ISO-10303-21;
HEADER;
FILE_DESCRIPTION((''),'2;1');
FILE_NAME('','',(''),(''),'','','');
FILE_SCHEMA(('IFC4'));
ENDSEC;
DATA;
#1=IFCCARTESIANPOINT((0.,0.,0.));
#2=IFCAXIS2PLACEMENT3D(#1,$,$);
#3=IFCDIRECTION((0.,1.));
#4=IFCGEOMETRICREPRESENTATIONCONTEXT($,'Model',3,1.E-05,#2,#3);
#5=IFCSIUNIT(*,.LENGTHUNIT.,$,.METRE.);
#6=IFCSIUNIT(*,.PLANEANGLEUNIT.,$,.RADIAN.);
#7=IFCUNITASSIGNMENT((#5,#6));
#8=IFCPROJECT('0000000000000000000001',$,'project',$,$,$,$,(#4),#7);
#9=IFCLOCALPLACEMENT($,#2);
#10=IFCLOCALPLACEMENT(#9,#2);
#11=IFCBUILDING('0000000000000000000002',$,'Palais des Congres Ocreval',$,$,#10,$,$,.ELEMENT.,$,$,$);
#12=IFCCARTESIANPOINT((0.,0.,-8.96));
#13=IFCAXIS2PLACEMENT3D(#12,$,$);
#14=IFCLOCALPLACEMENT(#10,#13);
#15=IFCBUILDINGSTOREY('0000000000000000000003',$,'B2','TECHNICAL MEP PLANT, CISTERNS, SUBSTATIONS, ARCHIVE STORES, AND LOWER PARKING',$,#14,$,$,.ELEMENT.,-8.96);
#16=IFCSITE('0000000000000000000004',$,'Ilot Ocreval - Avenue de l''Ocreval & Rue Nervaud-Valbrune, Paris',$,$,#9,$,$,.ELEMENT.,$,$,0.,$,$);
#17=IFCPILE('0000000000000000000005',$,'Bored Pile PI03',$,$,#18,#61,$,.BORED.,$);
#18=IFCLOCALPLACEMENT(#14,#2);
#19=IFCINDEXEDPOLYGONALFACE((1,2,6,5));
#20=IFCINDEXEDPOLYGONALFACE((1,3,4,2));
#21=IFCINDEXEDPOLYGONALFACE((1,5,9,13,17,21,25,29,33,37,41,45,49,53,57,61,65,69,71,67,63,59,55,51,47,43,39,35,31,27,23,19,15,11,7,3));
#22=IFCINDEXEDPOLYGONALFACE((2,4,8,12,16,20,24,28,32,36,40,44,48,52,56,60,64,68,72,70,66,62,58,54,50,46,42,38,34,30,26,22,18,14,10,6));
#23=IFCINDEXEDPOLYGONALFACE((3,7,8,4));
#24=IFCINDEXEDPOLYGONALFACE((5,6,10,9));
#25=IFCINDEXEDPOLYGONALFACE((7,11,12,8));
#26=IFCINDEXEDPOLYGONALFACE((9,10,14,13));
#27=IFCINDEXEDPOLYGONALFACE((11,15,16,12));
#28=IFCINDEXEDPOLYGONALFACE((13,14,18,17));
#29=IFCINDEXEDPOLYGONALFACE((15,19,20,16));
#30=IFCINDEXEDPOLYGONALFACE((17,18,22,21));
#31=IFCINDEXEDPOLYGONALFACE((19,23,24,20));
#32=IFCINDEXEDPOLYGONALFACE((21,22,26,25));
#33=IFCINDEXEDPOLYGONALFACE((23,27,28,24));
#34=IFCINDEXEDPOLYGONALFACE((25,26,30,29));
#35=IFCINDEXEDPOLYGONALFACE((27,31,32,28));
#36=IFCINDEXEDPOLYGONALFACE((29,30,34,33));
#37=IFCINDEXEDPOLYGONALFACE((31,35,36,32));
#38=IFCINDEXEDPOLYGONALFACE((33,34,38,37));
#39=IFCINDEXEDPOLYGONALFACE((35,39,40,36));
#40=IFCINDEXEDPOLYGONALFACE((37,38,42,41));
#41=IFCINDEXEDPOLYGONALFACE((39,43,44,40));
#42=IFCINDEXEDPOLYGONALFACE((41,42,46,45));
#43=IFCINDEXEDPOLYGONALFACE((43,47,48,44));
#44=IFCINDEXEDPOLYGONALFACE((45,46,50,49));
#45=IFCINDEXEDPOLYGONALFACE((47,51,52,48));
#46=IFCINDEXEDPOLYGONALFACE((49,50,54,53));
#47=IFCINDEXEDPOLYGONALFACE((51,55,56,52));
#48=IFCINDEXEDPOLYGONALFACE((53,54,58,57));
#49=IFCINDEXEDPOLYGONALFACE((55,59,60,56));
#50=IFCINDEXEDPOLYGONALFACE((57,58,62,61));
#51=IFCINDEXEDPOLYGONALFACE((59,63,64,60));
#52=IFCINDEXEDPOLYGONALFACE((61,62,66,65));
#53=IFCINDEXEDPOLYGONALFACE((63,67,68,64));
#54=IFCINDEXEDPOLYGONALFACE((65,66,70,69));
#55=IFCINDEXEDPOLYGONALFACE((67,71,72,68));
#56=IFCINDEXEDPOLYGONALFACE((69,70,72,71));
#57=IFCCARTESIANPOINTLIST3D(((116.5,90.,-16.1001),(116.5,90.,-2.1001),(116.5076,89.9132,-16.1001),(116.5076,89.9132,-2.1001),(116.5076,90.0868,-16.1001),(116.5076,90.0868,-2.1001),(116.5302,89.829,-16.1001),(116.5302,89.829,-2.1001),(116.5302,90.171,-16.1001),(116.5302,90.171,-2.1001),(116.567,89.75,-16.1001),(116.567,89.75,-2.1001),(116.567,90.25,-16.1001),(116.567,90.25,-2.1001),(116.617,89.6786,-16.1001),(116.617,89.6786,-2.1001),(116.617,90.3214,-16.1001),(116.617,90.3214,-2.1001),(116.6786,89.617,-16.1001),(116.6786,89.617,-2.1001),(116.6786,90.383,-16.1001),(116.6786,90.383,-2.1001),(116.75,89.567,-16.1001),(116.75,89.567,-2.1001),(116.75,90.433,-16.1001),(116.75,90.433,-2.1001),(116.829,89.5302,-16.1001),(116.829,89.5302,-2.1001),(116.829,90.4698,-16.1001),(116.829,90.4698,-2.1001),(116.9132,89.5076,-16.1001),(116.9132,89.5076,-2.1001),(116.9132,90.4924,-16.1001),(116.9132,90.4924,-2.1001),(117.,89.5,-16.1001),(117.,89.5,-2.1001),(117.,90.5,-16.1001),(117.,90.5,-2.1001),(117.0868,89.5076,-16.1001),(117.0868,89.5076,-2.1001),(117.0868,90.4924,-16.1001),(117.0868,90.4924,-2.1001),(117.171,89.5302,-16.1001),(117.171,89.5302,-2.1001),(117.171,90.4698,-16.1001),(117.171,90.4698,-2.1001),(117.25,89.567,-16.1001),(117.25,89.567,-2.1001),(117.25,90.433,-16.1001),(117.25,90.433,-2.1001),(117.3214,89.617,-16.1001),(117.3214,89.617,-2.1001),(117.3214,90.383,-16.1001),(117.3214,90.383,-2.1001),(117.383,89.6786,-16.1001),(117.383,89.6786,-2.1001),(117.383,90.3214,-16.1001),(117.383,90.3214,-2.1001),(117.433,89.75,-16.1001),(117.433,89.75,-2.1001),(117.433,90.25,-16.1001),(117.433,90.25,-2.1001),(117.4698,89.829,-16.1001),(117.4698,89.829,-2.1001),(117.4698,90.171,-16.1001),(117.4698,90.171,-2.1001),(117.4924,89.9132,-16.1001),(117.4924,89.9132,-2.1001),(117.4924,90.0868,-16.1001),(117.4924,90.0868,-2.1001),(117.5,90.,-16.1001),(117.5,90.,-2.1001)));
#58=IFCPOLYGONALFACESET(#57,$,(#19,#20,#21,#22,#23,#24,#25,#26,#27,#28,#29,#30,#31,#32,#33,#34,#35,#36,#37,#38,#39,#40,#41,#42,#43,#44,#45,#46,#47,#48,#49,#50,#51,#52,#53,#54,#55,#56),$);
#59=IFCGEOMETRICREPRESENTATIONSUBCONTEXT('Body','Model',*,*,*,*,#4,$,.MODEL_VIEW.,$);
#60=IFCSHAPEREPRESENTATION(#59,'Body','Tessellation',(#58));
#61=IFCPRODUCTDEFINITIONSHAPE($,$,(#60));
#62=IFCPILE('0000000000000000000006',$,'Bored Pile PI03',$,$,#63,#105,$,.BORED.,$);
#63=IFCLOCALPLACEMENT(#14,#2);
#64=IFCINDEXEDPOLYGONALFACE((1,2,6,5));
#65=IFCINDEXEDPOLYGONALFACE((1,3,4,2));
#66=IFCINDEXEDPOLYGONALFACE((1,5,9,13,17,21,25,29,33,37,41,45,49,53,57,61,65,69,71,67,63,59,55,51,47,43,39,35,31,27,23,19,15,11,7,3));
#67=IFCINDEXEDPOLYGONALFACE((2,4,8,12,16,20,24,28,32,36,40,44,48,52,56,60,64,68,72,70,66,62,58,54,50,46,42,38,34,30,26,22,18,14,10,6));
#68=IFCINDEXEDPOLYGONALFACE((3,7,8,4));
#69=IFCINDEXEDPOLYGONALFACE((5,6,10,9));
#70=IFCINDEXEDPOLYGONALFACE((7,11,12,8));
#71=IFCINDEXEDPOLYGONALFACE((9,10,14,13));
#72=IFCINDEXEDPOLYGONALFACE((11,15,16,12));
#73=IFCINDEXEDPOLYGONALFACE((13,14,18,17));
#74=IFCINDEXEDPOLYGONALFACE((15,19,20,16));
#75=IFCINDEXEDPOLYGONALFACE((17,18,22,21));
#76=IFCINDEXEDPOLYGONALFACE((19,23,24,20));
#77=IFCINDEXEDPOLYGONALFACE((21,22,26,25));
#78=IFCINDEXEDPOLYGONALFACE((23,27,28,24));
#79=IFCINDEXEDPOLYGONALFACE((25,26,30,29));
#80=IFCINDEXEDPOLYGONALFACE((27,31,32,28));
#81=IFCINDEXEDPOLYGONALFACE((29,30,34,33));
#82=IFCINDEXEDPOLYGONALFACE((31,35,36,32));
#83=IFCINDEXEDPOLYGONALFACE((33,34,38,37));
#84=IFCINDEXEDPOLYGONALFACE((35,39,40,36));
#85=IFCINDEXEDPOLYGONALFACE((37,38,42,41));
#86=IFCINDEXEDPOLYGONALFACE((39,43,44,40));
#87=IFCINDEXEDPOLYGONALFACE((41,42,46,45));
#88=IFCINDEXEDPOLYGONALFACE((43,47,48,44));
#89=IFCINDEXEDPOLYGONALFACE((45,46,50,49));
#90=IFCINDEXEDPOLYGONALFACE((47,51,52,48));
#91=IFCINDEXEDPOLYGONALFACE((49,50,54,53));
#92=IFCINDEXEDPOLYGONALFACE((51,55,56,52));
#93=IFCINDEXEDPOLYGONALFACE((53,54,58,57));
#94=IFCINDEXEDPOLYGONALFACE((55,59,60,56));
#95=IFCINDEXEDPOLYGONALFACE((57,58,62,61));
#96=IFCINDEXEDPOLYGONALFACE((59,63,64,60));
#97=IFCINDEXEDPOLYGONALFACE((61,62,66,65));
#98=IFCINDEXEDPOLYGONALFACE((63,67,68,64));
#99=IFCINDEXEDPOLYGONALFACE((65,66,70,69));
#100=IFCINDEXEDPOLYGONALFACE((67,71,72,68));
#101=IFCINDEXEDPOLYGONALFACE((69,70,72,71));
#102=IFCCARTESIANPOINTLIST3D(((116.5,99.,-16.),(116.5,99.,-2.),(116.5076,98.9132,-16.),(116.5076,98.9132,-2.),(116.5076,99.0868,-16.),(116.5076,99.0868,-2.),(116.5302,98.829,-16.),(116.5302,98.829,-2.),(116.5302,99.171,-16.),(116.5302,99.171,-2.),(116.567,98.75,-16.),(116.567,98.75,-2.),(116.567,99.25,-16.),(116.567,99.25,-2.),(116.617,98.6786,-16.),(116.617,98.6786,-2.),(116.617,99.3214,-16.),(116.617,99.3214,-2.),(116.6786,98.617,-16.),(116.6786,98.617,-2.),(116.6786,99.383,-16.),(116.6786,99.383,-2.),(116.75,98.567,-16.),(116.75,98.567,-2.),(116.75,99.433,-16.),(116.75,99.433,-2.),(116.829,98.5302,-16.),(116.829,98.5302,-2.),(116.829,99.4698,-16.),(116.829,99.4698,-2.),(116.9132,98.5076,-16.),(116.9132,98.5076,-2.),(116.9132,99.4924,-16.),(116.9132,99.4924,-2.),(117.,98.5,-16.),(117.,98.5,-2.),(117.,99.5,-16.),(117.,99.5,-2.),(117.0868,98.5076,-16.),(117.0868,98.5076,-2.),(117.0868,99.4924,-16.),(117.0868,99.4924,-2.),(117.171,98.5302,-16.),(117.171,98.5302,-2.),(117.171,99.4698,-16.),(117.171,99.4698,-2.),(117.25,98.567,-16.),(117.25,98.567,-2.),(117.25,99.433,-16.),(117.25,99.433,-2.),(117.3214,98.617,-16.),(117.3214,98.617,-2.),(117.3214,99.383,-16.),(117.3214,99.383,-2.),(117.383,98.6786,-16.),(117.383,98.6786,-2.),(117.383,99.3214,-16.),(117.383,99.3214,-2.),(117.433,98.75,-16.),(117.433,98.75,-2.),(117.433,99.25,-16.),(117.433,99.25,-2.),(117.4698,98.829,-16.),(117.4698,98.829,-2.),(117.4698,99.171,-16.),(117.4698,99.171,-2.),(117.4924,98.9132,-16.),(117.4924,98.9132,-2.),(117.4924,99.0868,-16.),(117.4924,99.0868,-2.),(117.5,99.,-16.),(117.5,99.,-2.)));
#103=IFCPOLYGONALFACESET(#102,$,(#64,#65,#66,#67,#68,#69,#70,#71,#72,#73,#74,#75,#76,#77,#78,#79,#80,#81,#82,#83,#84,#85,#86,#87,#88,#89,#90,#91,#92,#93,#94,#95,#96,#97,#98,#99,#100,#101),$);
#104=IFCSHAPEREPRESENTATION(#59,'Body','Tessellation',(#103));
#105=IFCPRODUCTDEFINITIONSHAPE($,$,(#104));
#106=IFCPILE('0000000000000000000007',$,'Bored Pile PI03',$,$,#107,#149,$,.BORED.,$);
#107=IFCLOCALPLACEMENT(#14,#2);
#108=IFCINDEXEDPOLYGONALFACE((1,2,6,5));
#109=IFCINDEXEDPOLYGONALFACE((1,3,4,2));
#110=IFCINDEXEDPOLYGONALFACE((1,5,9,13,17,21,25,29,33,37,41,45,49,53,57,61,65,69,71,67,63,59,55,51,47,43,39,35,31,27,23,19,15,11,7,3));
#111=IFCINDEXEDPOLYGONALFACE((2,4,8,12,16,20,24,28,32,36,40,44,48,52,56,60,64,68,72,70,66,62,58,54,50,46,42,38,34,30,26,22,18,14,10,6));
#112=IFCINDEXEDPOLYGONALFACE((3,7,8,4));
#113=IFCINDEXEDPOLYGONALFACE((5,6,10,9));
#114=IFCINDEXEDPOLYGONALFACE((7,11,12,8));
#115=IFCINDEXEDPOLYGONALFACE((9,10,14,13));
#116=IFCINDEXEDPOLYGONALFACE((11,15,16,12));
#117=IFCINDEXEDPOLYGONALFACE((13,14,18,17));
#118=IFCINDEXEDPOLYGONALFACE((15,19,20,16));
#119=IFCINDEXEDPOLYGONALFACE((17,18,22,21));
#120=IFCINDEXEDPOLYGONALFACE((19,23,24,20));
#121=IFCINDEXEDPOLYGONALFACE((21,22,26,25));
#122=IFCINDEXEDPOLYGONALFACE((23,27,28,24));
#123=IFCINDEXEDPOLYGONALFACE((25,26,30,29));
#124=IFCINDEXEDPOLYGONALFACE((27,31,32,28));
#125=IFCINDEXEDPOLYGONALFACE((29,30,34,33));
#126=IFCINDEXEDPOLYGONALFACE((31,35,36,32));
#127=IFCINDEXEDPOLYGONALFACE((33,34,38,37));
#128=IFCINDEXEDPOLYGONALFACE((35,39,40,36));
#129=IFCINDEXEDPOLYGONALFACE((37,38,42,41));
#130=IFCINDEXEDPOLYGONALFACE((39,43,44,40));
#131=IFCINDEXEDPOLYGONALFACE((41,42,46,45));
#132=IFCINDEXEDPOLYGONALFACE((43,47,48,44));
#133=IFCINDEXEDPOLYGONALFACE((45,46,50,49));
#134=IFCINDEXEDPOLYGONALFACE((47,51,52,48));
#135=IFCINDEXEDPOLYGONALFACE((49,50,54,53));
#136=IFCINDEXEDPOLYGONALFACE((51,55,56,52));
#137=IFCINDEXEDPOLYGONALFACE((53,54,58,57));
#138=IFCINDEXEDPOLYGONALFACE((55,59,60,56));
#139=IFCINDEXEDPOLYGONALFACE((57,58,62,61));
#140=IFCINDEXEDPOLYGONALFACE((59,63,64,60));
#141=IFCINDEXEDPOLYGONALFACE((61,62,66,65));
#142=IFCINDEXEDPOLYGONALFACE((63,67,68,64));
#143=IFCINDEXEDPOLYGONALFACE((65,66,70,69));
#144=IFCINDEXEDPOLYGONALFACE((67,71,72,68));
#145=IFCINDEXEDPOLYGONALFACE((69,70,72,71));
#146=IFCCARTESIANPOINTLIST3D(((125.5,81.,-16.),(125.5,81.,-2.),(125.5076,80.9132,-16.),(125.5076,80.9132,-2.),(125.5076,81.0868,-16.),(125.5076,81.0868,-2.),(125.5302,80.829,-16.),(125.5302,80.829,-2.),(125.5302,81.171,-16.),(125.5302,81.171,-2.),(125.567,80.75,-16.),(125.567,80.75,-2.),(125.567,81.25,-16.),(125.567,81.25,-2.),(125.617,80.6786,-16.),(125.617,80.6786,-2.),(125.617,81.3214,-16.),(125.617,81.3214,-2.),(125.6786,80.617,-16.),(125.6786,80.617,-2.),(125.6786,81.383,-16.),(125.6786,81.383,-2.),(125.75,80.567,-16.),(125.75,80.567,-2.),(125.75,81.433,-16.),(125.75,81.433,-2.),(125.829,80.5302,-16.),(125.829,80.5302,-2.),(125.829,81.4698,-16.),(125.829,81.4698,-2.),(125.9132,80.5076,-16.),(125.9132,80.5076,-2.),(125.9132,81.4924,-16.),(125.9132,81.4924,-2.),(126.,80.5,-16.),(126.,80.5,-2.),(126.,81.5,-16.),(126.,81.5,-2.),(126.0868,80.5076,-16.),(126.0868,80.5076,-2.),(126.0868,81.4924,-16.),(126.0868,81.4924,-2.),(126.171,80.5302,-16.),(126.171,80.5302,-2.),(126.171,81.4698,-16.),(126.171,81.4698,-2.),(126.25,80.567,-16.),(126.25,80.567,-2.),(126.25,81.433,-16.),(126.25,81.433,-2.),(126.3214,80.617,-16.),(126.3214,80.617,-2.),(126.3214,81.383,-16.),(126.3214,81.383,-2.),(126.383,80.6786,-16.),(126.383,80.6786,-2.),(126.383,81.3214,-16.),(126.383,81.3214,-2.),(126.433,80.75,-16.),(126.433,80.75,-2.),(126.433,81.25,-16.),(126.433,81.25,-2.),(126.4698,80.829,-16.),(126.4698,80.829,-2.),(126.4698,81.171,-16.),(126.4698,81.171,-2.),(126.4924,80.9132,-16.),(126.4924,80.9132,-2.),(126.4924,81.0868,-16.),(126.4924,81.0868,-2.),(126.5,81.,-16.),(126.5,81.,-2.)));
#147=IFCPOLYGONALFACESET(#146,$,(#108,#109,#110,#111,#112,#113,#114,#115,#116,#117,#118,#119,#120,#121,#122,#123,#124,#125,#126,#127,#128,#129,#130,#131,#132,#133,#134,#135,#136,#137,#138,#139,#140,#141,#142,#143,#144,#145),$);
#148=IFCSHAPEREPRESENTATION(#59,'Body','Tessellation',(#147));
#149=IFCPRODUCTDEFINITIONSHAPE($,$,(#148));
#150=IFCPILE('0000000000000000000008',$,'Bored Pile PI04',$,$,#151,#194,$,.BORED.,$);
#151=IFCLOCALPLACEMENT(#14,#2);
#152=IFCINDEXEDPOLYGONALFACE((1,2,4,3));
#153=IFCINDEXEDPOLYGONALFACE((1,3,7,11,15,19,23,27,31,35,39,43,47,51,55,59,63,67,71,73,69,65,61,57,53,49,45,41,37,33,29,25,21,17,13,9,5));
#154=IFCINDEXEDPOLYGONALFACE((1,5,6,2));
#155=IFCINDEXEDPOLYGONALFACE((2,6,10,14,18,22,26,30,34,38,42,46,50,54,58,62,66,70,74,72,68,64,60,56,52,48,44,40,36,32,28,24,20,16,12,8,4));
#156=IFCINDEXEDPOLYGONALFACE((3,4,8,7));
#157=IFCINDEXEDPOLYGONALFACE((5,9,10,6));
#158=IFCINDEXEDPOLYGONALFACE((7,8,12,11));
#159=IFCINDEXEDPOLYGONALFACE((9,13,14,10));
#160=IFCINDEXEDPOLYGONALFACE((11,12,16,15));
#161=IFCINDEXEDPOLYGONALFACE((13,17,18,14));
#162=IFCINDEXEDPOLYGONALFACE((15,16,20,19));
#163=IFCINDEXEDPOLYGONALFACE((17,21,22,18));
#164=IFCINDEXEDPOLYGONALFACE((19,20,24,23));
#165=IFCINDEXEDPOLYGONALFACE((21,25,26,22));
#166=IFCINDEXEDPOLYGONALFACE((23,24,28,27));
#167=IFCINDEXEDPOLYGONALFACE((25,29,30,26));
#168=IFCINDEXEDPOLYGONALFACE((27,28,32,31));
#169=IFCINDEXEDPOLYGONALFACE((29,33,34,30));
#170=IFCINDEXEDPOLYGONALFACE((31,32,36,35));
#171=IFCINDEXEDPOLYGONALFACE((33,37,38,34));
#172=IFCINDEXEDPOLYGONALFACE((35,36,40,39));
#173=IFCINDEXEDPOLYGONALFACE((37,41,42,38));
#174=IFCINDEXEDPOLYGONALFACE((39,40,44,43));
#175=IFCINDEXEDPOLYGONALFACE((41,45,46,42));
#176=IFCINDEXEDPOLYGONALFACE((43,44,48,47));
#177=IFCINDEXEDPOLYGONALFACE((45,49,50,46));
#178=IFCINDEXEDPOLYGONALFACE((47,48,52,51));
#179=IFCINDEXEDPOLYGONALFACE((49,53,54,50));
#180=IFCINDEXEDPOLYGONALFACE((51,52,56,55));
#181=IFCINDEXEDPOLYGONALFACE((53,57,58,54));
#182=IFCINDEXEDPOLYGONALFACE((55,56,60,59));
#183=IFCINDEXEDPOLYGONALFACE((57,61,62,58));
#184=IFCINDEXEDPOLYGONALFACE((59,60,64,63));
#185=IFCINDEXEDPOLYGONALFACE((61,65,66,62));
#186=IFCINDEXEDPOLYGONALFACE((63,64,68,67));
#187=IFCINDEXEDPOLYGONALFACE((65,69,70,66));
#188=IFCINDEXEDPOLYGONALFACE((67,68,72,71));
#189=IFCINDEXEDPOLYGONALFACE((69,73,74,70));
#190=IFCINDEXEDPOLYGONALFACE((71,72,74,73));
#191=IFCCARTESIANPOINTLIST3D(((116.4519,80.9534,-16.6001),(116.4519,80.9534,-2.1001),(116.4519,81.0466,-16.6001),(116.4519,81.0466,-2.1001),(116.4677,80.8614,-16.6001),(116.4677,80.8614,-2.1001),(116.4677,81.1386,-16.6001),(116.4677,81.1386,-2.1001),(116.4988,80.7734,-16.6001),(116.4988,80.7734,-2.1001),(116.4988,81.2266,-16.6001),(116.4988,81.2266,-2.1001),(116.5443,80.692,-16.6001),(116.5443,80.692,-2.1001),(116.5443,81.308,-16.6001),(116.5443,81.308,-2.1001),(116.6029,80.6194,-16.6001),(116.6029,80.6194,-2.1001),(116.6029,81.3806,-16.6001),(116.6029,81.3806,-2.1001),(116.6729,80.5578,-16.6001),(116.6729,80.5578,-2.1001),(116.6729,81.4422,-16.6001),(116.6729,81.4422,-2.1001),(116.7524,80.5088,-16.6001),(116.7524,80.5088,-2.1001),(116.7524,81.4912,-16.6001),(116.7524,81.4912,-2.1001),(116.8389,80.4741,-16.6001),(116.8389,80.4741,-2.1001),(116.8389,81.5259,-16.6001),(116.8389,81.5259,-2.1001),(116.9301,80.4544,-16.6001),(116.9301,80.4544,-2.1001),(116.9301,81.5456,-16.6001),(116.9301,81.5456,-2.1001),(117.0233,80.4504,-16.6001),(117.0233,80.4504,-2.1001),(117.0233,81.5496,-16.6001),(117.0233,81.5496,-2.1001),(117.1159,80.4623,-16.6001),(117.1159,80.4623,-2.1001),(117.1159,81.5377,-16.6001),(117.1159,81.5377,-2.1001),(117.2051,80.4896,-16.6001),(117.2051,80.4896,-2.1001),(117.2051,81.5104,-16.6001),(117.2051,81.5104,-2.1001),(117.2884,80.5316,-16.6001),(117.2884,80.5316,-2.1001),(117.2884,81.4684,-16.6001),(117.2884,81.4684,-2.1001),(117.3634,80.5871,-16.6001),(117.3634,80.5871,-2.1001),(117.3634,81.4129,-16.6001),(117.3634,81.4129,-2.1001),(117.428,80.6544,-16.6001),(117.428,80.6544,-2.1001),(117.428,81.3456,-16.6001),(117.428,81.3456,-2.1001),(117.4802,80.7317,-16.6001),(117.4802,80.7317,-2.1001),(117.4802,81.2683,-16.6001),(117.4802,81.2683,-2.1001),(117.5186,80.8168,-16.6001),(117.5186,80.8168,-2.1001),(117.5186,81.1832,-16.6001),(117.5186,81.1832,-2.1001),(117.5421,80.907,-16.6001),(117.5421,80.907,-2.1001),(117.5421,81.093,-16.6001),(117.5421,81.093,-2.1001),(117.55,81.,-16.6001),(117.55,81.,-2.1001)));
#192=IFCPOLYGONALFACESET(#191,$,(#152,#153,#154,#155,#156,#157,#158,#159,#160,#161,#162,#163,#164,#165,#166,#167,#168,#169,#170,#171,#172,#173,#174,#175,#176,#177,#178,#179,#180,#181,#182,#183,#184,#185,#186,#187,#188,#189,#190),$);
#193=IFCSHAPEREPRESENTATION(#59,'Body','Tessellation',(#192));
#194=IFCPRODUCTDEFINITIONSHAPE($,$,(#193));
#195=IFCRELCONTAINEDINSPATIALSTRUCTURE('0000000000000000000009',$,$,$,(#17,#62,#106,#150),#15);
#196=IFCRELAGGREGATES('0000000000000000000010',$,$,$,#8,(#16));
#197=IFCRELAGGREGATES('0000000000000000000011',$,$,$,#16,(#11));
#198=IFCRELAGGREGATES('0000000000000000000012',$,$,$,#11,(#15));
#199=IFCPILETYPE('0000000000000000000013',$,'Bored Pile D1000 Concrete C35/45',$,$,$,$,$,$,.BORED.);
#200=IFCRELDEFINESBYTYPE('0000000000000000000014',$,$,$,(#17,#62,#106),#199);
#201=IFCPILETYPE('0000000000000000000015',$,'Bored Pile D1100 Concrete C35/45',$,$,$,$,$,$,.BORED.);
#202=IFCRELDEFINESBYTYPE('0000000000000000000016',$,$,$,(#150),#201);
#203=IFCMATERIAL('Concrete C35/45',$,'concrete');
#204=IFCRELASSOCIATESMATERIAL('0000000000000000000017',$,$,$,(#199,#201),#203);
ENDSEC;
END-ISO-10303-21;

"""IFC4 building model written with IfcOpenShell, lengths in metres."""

from ifc_helpers import new_model, si_unit, direction, frame, origin, origin_2d, place, context, subcontext, project, spatial, circle, extrude, material, material_profile, profile_set, type_object, element, save


model = new_model("IFC4")

# Units and contexts
model_context = context("Model", 3, precision=1e-05, world=origin(), true_north=direction((0.0, 1.0)))
body_context = subcontext(model_context, "Body", "Model", "MODEL_VIEW")
ifc_project = project(units=[si_unit("LENGTHUNIT", "METRE"), si_unit("PLANEANGLEUNIT", "RADIAN")], contexts=[model_context])

# Site, building, storey
site_placement = place(None, origin())
site = spatial("IfcSite", under=ifc_project, at=site_placement, Name="Ilot Ocreval - Avenue de l'Ocreval & Rue Nervaud-Valbrune, Paris", CompositionType="ELEMENT", RefElevation=0.0)
building_placement = place(site_placement, origin())
building = spatial("IfcBuilding", under=site, at=building_placement, Name="Palais des Congres Ocreval", CompositionType="ELEMENT")
storey_placement = place(building_placement, frame((0.0, 0.0, -8.96)))
storey = spatial("IfcBuildingStorey", under=building, at=storey_placement, Name="B2", Description="TECHNICAL MEP PLANT, CISTERNS, SUBSTATIONS, ARCHIVE STORES, AND LOWER PARKING", CompositionType="ELEMENT", Elevation=-8.96)

# Piles
ifc_material_1 = material(Name="Concrete C35/45", Category="concrete")
ifc_material_profile_1 = material_profile(ifc_material_1, circle(Radius=0.5, at=origin_2d()), Name="BORED PILE 1000")
ifc_profile_set_1 = profile_set([ifc_material_profile_1], Name="Concrete C35/45")
pile_type_1 = type_object("IfcPileType", Name="Bored Pile D1000 Concrete C35/45", PredefinedType="BORED", material=ifc_profile_set_1)
for number, where, z_axis, x_axis, name in (
    (1, (117.0, 90.0, -2.1001), (0.0, 0.0, -1.0), (1.0, 0.0, 0.0), "Bored Pile PI03"),
    (2, (117.0, 99.0, -2.0), (0.0, 0.0, -1.0), (1.0, 0.0, 0.0), "Bored Pile PI03"),
    (3, (126.0, 81.0, -2.0), (0.0, 0.0, -1.0), (1.0, 0.0, 0.0), "Bored Pile PI03"),
):
    element("IfcPile", number, at=place(storey_placement, frame(where, z_axis=z_axis, x_axis=x_axis)), inside=storey, type_object=pile_type_1, Name=name, PredefinedType="BORED", context=body_context, shape_type="SweptSolid", body=[
        extrude(circle(Radius=0.5, at=origin_2d()), origin(), (0.0, 0.0, 1.0), 14.0),
    ])
ifc_material_profile_2 = material_profile(ifc_material_1, circle(Radius=0.55, at=origin_2d()), Name="BORED PILE 1100")
ifc_profile_set_2 = profile_set([ifc_material_profile_2], Name="Concrete C35/45")
pile_type_2 = type_object("IfcPileType", Name="Bored Pile D1100 Concrete C35/45", PredefinedType="BORED", material=ifc_profile_set_2)
for number, where, z_axis, x_axis, name in (
    (4, (117.0, 81.0, -2.1001), (0.0, 0.0, -1.0), (1.0, 0.0, 0.0), "Bored Pile PI04"),
):
    element("IfcPile", number, at=place(storey_placement, frame(where, z_axis=z_axis, x_axis=x_axis)), inside=storey, type_object=pile_type_2, Name=name, PredefinedType="BORED", context=body_context, shape_type="SweptSolid", body=[
        extrude(circle(Radius=0.55, at=origin_2d()), origin(), (0.0, 0.0, 1.0), 14.5),
    ])

save(model, "model.ifc")
